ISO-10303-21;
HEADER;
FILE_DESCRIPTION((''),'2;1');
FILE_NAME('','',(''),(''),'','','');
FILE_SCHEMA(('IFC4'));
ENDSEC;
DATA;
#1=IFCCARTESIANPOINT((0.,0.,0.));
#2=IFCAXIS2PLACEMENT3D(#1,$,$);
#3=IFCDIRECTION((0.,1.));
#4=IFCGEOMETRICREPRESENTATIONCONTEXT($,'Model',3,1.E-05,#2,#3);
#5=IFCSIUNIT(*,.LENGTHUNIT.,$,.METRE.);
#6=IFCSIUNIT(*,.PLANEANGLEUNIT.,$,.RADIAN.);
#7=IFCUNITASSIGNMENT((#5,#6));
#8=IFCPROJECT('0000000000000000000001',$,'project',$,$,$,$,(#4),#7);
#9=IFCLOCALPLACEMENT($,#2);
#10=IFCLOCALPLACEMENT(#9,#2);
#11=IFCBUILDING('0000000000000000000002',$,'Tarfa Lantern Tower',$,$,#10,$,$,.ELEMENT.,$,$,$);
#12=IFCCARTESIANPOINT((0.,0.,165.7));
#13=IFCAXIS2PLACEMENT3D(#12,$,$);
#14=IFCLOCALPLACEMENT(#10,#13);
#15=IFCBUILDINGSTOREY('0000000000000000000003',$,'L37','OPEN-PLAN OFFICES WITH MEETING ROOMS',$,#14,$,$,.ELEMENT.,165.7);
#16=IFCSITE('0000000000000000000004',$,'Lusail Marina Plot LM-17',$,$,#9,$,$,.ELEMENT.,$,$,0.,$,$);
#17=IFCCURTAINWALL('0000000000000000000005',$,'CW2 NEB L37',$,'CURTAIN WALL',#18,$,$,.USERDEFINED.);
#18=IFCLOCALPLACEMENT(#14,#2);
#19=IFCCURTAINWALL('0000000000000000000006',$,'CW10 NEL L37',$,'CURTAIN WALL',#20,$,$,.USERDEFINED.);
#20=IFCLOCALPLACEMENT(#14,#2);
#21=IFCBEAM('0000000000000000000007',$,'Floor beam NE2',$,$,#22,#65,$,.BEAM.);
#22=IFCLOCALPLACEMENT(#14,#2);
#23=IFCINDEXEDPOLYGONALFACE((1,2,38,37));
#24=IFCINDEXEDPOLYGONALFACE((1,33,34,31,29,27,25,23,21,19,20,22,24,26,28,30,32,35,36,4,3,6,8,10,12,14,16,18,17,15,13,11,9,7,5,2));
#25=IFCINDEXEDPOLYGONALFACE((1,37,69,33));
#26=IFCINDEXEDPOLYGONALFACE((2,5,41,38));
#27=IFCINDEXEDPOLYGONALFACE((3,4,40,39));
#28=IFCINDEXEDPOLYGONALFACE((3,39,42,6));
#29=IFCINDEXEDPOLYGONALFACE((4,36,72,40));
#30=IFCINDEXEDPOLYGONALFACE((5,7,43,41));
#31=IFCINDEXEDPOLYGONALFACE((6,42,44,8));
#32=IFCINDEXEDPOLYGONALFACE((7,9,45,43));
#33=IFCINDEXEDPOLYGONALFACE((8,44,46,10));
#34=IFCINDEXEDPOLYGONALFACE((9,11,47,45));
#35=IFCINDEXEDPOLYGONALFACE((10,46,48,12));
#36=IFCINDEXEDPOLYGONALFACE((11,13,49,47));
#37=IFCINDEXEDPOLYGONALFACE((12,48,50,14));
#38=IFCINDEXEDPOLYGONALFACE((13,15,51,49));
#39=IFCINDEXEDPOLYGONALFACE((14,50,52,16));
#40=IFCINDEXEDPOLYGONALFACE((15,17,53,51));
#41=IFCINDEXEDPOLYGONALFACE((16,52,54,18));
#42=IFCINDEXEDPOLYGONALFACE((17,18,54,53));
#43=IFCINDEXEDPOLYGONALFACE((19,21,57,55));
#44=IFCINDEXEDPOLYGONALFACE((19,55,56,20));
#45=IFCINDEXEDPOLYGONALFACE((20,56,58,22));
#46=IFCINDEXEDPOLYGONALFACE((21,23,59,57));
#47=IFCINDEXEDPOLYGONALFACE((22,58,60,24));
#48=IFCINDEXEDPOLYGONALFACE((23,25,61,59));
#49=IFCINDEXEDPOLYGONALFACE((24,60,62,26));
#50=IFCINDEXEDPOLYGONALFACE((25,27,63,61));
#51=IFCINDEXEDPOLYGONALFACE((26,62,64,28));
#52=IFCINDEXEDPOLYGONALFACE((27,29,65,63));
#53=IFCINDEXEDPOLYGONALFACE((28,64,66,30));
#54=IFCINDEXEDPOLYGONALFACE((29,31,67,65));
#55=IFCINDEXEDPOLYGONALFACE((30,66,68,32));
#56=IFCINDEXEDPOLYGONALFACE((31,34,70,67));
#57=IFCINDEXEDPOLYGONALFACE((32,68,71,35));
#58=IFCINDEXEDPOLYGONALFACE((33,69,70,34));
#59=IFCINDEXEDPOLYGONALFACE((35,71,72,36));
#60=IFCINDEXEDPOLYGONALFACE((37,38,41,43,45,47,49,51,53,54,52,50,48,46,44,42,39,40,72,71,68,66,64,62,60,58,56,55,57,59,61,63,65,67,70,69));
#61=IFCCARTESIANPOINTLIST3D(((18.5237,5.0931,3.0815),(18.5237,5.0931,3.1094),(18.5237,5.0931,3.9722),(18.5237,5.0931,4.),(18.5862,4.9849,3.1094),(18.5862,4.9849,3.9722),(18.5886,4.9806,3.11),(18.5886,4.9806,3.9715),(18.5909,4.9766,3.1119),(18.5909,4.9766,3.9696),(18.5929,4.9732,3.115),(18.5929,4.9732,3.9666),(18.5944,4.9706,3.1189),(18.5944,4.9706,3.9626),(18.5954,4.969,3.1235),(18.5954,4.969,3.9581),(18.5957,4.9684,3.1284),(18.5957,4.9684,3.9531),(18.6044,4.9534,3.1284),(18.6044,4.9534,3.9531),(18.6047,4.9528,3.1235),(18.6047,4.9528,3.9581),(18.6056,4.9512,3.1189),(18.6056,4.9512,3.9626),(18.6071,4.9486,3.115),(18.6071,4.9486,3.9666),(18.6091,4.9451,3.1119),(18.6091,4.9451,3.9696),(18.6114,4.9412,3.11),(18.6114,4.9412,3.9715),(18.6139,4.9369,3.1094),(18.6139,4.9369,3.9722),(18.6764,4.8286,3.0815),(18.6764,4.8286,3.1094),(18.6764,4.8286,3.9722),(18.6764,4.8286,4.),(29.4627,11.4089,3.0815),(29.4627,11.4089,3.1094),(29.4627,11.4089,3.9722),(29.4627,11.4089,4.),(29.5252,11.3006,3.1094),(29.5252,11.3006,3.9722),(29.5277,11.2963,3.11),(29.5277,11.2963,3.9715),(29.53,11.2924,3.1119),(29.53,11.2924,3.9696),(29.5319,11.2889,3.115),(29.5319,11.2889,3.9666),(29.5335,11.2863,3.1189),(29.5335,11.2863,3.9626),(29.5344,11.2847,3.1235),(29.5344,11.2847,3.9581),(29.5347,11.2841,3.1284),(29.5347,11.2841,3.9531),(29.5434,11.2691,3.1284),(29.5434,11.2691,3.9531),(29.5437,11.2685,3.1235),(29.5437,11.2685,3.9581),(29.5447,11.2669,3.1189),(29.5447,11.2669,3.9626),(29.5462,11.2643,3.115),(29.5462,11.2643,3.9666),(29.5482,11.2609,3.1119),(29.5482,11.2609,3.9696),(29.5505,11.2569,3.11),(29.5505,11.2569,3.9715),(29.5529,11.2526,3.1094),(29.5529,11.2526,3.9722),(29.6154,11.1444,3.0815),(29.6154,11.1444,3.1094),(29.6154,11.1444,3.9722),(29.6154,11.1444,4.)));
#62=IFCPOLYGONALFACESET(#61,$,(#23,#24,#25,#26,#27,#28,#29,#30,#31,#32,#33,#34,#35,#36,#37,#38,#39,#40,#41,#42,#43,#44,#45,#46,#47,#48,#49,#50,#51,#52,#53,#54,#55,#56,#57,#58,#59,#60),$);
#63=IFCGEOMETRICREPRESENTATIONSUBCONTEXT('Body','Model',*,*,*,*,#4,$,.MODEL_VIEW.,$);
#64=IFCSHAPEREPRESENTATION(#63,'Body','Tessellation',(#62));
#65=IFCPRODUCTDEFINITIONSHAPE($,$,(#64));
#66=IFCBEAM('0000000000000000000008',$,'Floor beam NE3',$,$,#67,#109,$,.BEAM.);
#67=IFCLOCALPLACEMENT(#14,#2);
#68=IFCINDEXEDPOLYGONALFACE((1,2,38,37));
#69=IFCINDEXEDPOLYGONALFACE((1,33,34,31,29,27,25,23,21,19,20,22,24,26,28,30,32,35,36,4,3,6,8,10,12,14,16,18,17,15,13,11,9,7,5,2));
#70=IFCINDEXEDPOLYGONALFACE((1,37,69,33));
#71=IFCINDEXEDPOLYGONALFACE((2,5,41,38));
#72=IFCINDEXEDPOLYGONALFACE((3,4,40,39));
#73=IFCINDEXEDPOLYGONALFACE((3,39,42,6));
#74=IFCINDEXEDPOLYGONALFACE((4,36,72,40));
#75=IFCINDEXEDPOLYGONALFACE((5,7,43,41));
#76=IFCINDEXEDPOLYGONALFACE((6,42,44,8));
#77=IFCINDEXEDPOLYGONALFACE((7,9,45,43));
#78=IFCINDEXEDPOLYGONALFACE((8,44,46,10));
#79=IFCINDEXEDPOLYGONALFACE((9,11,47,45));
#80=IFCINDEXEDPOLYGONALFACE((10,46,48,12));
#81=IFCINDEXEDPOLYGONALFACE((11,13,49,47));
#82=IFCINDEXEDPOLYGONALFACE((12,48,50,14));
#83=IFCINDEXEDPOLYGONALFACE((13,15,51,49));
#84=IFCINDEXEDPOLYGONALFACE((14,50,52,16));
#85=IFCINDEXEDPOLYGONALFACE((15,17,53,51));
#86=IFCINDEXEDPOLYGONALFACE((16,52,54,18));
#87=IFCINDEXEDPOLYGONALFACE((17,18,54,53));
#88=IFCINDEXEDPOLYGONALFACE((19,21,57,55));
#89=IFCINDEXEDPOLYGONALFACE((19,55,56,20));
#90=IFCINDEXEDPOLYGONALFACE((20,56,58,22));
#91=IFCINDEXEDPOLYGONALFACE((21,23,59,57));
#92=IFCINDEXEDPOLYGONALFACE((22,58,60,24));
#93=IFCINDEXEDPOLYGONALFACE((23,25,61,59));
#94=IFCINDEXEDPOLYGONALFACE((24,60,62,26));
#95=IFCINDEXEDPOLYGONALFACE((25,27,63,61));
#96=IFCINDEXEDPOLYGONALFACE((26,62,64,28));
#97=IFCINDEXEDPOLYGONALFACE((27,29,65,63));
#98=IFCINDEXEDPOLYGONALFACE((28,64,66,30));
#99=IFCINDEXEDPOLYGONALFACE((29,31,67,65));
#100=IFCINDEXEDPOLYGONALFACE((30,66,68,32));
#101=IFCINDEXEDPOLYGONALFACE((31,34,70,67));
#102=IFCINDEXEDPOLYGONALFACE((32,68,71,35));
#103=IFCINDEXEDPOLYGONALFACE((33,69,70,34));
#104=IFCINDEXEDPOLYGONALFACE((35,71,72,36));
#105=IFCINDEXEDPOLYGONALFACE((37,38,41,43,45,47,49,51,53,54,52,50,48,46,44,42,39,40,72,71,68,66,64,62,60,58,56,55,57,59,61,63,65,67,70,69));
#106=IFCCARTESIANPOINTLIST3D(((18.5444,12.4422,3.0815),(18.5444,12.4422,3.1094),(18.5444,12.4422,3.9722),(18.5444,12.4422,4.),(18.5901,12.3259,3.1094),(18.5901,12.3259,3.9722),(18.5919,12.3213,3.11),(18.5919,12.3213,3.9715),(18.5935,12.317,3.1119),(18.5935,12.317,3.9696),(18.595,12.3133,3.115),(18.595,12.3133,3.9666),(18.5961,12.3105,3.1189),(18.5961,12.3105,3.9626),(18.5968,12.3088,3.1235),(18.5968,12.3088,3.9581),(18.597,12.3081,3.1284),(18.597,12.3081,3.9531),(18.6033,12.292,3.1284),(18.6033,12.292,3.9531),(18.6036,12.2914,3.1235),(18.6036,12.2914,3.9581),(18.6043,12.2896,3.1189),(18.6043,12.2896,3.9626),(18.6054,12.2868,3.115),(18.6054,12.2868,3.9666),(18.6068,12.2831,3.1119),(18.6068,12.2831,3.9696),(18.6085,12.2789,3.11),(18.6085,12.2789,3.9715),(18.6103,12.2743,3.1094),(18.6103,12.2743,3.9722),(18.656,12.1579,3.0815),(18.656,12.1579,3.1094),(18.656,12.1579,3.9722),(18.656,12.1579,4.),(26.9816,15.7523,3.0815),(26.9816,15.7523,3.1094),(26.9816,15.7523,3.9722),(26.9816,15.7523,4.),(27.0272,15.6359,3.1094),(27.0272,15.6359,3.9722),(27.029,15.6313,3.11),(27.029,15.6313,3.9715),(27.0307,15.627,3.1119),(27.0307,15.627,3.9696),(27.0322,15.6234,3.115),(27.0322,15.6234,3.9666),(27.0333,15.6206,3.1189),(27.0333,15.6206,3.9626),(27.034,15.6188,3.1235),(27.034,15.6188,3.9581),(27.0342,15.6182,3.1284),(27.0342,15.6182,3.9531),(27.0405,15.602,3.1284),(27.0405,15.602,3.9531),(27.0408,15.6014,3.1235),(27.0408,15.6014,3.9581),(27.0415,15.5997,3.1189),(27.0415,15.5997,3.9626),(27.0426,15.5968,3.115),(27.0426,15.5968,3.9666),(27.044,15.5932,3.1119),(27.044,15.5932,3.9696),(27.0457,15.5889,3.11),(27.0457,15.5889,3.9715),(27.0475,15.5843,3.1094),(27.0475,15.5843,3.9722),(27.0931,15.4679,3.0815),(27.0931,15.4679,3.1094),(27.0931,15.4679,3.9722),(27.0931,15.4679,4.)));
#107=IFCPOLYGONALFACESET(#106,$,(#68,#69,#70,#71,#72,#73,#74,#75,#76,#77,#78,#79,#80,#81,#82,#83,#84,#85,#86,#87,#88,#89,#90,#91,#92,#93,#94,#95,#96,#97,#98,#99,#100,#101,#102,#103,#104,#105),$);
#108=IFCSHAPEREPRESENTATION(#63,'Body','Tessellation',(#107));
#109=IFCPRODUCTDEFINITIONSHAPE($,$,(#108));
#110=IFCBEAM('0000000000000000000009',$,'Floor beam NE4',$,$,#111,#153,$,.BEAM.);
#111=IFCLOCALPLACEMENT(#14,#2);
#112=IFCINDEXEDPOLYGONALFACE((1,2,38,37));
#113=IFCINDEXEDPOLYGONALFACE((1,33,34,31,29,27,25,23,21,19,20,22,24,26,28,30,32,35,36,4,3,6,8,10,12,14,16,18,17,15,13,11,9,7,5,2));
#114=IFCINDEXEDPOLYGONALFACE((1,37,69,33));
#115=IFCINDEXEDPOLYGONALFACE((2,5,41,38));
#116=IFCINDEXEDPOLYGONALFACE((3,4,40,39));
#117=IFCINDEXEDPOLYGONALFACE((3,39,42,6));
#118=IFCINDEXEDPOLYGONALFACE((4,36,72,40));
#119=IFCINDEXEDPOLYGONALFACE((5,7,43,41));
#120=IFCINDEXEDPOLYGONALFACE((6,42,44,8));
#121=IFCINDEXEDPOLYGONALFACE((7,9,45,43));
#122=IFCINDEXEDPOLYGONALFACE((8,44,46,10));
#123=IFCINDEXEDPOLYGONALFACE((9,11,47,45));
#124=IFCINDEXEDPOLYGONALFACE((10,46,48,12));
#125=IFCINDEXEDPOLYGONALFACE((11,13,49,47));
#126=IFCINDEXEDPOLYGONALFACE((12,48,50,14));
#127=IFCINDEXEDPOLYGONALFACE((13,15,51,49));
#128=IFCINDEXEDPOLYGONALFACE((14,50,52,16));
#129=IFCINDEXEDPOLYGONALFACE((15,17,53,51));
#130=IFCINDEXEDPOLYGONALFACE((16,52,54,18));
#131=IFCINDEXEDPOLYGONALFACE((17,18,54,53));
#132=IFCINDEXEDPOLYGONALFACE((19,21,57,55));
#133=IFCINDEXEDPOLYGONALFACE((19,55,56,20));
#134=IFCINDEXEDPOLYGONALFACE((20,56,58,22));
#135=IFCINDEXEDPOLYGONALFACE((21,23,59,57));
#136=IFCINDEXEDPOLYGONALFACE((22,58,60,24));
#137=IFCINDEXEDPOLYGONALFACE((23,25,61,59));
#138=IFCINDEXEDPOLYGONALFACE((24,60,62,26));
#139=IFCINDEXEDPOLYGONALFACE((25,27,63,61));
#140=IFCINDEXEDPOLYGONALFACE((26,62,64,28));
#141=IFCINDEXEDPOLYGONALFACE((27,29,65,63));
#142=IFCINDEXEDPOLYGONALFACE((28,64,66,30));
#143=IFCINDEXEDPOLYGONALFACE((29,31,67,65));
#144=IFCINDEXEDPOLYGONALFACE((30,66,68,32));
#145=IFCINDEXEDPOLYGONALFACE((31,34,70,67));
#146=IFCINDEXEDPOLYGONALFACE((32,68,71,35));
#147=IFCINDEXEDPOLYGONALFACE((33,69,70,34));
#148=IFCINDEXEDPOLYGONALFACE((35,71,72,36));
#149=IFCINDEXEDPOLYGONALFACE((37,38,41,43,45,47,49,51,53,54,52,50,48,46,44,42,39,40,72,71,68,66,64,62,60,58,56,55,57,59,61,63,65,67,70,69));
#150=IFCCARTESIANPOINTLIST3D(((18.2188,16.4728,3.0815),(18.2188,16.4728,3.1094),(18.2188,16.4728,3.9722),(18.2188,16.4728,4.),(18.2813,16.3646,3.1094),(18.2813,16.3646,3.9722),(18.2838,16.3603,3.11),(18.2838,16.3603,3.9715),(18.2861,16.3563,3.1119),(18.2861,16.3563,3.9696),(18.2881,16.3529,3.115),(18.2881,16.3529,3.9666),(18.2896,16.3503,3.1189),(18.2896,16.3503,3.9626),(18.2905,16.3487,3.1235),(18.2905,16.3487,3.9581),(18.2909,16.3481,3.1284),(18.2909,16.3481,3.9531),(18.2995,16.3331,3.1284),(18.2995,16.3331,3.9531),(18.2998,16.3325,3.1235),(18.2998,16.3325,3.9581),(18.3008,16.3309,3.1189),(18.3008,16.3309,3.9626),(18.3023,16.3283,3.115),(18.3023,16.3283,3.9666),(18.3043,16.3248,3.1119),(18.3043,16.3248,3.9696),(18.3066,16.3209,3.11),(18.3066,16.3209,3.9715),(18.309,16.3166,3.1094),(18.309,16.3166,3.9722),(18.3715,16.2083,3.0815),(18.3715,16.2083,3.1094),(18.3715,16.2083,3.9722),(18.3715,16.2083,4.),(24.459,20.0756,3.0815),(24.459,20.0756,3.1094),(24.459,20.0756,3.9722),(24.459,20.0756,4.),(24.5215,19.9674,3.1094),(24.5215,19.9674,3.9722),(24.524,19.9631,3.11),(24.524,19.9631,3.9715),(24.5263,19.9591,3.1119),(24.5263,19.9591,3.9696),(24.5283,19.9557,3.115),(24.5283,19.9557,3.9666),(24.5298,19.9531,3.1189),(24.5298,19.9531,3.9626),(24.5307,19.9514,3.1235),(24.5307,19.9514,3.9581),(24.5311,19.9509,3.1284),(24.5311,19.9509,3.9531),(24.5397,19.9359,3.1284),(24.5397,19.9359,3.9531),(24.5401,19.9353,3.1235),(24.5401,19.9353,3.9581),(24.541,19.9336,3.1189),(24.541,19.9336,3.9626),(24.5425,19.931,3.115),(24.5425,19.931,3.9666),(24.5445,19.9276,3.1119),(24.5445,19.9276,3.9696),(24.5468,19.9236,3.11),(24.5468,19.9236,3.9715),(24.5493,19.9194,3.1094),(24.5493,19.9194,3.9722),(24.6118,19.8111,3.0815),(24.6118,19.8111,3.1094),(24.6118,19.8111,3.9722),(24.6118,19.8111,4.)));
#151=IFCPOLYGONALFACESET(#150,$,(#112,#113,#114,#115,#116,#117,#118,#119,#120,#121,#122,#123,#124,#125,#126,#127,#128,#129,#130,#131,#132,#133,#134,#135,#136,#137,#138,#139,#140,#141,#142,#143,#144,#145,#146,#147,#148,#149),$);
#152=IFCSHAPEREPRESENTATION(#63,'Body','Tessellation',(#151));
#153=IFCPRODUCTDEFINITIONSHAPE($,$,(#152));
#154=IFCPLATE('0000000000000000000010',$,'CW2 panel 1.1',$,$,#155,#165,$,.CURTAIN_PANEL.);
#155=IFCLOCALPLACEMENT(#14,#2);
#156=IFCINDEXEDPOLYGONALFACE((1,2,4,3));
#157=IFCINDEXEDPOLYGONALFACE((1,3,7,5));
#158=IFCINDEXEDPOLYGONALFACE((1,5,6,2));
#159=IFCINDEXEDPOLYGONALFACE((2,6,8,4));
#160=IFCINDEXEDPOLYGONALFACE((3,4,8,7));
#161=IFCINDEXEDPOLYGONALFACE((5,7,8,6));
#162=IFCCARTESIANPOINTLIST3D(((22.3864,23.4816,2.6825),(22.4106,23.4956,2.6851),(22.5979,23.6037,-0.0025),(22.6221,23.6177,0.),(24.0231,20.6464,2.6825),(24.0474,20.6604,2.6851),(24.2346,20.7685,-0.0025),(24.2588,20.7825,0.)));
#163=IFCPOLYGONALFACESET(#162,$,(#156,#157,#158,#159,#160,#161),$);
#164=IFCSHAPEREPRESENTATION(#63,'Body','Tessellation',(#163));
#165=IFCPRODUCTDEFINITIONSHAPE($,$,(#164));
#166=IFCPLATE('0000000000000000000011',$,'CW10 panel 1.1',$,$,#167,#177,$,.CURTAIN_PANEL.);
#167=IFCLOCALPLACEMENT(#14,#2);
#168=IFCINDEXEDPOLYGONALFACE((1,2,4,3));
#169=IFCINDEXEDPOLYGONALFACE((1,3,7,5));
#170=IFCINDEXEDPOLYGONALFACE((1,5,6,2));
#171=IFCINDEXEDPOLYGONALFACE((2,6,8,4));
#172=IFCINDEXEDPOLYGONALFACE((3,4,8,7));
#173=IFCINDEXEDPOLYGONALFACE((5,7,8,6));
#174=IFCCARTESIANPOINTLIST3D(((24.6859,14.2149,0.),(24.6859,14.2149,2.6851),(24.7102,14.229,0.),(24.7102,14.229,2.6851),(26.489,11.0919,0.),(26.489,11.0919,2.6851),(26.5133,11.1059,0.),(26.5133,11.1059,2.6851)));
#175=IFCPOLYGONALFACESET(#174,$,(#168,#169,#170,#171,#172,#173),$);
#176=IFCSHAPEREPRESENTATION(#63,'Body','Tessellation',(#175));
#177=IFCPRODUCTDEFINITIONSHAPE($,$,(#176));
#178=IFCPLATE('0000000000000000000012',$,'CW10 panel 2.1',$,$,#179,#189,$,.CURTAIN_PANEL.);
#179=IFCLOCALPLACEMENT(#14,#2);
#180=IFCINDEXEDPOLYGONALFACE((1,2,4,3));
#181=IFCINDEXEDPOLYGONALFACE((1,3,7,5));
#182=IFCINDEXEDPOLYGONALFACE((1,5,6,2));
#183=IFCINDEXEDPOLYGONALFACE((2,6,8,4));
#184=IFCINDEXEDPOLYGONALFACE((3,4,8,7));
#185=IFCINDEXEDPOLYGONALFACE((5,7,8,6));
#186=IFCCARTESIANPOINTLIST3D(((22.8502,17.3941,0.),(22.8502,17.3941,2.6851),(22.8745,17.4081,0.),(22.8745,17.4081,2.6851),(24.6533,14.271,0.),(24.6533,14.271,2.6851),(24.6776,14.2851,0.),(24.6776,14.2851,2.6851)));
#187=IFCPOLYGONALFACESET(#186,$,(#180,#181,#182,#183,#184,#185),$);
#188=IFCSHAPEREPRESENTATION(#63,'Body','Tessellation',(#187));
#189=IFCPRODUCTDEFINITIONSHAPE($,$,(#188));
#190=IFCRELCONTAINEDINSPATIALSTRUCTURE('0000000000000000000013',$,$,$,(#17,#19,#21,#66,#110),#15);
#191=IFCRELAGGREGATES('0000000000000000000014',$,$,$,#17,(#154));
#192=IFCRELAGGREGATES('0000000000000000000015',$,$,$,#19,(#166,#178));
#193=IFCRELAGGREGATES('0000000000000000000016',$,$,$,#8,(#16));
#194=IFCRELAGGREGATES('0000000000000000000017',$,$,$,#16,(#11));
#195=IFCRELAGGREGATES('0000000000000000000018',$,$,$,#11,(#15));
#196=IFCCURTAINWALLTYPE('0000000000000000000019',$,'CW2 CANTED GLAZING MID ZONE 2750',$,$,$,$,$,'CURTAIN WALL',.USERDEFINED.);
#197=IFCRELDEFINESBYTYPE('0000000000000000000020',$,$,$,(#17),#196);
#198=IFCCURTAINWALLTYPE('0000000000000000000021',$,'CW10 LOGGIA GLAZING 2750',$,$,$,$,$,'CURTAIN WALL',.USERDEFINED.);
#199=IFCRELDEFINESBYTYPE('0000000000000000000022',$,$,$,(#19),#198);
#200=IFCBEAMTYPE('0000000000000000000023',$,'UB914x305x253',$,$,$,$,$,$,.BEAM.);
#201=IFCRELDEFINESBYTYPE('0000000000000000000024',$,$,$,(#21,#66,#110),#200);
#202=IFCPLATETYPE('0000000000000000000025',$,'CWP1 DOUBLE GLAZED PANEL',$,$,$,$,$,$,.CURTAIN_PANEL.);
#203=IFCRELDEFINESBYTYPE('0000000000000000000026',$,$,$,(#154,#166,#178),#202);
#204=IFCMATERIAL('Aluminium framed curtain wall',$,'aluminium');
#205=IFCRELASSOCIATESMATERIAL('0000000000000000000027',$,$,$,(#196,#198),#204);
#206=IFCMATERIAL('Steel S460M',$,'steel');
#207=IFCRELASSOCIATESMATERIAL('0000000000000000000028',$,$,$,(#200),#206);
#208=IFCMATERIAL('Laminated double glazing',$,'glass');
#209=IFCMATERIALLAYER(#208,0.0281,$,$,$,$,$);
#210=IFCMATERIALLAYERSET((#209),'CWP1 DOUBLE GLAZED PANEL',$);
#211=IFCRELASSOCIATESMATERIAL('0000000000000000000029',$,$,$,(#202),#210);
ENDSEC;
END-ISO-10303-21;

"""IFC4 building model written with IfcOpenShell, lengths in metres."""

from ifc_helpers import new_model, si_unit, direction, frame, origin, origin_2d, place, context, subcontext, project, spatial, polyline, rectangle, i_section, outline, extrude, material, layer, layer_set, material_profile, profile_set, type_object, element, aggregate, save


model = new_model("IFC4")

# Units and contexts
model_context = context("Model", 3, precision=1e-05, world=origin(), true_north=direction((0.0, 1.0)))
body_context = subcontext(model_context, "Body", "Model", "MODEL_VIEW")
ifc_project = project(units=[si_unit("LENGTHUNIT", "METRE"), si_unit("PLANEANGLEUNIT", "RADIAN")], contexts=[model_context])

# Site, building, storey
site_placement = place(None, origin())
site = spatial("IfcSite", under=ifc_project, at=site_placement, Name="Lusail Marina Plot LM-17", CompositionType="ELEMENT", RefElevation=0.0)
building_placement = place(site_placement, origin())
building = spatial("IfcBuilding", under=site, at=building_placement, Name="Tarfa Lantern Tower", CompositionType="ELEMENT")
storey_placement = place(building_placement, frame((0.0, 0.0, 165.7)))
storey = spatial("IfcBuildingStorey", under=building, at=storey_placement, Name="L37", Description="OPEN-PLAN OFFICES WITH MEETING ROOMS", CompositionType="ELEMENT", Elevation=165.7)

# Curtain wall
ifc_material_1 = material(Name="Aluminium framed curtain wall", Category="aluminium")
curtain_wall_type_1 = type_object("IfcCurtainWallType", Name="CW2 CANTED GLAZING MID ZONE 2750", ElementType="CURTAIN WALL", PredefinedType="USERDEFINED", material=ifc_material_1)
curtain_wall_1_placement = place(storey_placement, origin())
curtain_wall_1 = element("IfcCurtainWall", 1, at=curtain_wall_1_placement, inside=storey, type_object=curtain_wall_type_1, Name="CW2 NEB L37", ObjectType="CURTAIN WALL", PredefinedType="USERDEFINED")

# Curtain wall
curtain_wall_type_2 = type_object("IfcCurtainWallType", Name="CW10 LOGGIA GLAZING 2750", ElementType="CURTAIN WALL", PredefinedType="USERDEFINED", material=ifc_material_1)
curtain_wall_2_placement = place(storey_placement, origin())
curtain_wall_2 = element("IfcCurtainWall", 2, at=curtain_wall_2_placement, inside=storey, type_object=curtain_wall_type_2, Name="CW10 NEL L37", ObjectType="CURTAIN WALL", PredefinedType="USERDEFINED")

# Beams
ifc_material_2 = material(Name="Steel S460M", Category="steel")
ifc_material_profile_1 = material_profile(ifc_material_2, i_section(OverallWidth=0.3054, OverallDepth=0.9185, WebThickness=0.0173, FlangeThickness=0.0278, FilletRadius=0.019, at=origin_2d()), Name="UB914x305x253")
ifc_profile_set_1 = profile_set([ifc_material_profile_1], Name="Steel S460M")
beam_type_1 = type_object("IfcBeamType", Name="UB914x305x253", PredefinedType="BEAM", material=ifc_profile_set_1)
beam_1_placement = place(storey_placement, frame((29.5391, 11.2766, 3.5408), z_axis=(-0.866023, -0.500004, 0.0), x_axis=(0.500004, -0.866023, 0.0)))
element("IfcBeam", 3, at=beam_1_placement, inside=storey, type_object=beam_type_1, Name="Floor beam NE2", PredefinedType="BEAM", context=body_context, shape_type="SweptSolid", body=[
    extrude(i_section(OverallWidth=0.3054, OverallDepth=0.9185, WebThickness=0.0173, FlangeThickness=0.0278, FilletRadius=0.019, at=origin_2d()), origin(), (0.0, 0.0, 1.0), 12.6313),
])
beam_2_placement = place(storey_placement, frame((27.0374, 15.6101, 3.5408), z_axis=(-0.930923, -0.365215, 0.0), x_axis=(0.365215, -0.930923, 0.0)))
element("IfcBeam", 4, at=beam_2_placement, inside=storey, type_object=beam_type_1, Name="Floor beam NE3", PredefinedType="BEAM", context=body_context, shape_type="SweptSolid", body=[
    extrude(i_section(OverallWidth=0.3054, OverallDepth=0.9185, WebThickness=0.0173, FlangeThickness=0.0278, FilletRadius=0.019, at=origin_2d()), origin(), (0.0, 0.0, 1.0), 9.0632),
])
beam_3_placement = place(storey_placement, frame((24.5354, 19.9434, 3.5408), z_axis=(-0.866026, -0.499998, 0.0), x_axis=(0.499998, -0.866026, 0.0)))
element("IfcBeam", 5, at=beam_3_placement, inside=storey, type_object=beam_type_1, Name="Floor beam NE4", PredefinedType="BEAM", context=body_context, shape_type="SweptSolid", body=[
    extrude(i_section(OverallWidth=0.3054, OverallDepth=0.9185, WebThickness=0.0173, FlangeThickness=0.0278, FilletRadius=0.019, at=origin_2d()), origin(), (0.0, 0.0, 1.0), 7.2056),
])

# Plates
ifc_material_3 = material(Name="Laminated double glazing", Category="glass")
ifc_layer_1 = layer(ifc_material_3, 0.0281)
ifc_layer_set_1 = layer_set([ifc_layer_1], Name="CWP1 DOUBLE GLAZED PANEL")
plate_type_1 = type_object("IfcPlateType", Name="CWP1 DOUBLE GLAZED PANEL", PredefinedType="CURTAIN_PANEL", material=ifc_layer_set_1)
plate_1_placement = place(storey_placement, frame((24.2588, 20.7825, 0.0), z_axis=(0.862492, 0.497903, 0.09055), x_axis=(-0.499957, 0.86605, 0.0)))
plate_1 = element("IfcPlate", 6, at=plate_1_placement, type_object=plate_type_1, Name="CW2 panel 1.1", PredefinedType="CURTAIN_PANEL", context=body_context, shape_type="SweptSolid", body=[
    extrude(outline(polyline([(0.0, 0.0), (3.2737, 0.0), (3.2737, 2.6961), (0.0, 2.6961), (0.0, 0.0)])), origin(), (0.0, 0.0, -1.0), 0.0281),
])
aggregate(curtain_wall_1, [plate_1])
plate_2_placement = place(storey_placement, frame((25.5996, 12.6604, 0.0), z_axis=(0.0, 0.0, 1.0), x_axis=(-0.5, 0.866025, 0.0)))
plate_2 = element("IfcPlate", 7, at=plate_2_placement, type_object=plate_type_1, Name="CW10 panel 1.1", PredefinedType="CURTAIN_PANEL", context=body_context, shape_type="SweptSolid", body=[
    extrude(rectangle(XDim=3.6062, YDim=0.0281, at=origin_2d()), origin(), (0.0, 0.0, 1.0), 2.6851),
])
plate_3_placement = place(storey_placement, frame((23.7639, 15.8396, 0.0), z_axis=(0.0, 0.0, 1.0), x_axis=(-0.5, 0.866025, 0.0)))
plate_3 = element("IfcPlate", 8, at=plate_3_placement, type_object=plate_type_1, Name="CW10 panel 2.1", PredefinedType="CURTAIN_PANEL", context=body_context, shape_type="SweptSolid", body=[
    extrude(rectangle(XDim=3.6062, YDim=0.0281, at=origin_2d()), origin(), (0.0, 0.0, 1.0), 2.6851),
])
aggregate(curtain_wall_2, [plate_2, plate_3])

save(model, "model.ifc")
